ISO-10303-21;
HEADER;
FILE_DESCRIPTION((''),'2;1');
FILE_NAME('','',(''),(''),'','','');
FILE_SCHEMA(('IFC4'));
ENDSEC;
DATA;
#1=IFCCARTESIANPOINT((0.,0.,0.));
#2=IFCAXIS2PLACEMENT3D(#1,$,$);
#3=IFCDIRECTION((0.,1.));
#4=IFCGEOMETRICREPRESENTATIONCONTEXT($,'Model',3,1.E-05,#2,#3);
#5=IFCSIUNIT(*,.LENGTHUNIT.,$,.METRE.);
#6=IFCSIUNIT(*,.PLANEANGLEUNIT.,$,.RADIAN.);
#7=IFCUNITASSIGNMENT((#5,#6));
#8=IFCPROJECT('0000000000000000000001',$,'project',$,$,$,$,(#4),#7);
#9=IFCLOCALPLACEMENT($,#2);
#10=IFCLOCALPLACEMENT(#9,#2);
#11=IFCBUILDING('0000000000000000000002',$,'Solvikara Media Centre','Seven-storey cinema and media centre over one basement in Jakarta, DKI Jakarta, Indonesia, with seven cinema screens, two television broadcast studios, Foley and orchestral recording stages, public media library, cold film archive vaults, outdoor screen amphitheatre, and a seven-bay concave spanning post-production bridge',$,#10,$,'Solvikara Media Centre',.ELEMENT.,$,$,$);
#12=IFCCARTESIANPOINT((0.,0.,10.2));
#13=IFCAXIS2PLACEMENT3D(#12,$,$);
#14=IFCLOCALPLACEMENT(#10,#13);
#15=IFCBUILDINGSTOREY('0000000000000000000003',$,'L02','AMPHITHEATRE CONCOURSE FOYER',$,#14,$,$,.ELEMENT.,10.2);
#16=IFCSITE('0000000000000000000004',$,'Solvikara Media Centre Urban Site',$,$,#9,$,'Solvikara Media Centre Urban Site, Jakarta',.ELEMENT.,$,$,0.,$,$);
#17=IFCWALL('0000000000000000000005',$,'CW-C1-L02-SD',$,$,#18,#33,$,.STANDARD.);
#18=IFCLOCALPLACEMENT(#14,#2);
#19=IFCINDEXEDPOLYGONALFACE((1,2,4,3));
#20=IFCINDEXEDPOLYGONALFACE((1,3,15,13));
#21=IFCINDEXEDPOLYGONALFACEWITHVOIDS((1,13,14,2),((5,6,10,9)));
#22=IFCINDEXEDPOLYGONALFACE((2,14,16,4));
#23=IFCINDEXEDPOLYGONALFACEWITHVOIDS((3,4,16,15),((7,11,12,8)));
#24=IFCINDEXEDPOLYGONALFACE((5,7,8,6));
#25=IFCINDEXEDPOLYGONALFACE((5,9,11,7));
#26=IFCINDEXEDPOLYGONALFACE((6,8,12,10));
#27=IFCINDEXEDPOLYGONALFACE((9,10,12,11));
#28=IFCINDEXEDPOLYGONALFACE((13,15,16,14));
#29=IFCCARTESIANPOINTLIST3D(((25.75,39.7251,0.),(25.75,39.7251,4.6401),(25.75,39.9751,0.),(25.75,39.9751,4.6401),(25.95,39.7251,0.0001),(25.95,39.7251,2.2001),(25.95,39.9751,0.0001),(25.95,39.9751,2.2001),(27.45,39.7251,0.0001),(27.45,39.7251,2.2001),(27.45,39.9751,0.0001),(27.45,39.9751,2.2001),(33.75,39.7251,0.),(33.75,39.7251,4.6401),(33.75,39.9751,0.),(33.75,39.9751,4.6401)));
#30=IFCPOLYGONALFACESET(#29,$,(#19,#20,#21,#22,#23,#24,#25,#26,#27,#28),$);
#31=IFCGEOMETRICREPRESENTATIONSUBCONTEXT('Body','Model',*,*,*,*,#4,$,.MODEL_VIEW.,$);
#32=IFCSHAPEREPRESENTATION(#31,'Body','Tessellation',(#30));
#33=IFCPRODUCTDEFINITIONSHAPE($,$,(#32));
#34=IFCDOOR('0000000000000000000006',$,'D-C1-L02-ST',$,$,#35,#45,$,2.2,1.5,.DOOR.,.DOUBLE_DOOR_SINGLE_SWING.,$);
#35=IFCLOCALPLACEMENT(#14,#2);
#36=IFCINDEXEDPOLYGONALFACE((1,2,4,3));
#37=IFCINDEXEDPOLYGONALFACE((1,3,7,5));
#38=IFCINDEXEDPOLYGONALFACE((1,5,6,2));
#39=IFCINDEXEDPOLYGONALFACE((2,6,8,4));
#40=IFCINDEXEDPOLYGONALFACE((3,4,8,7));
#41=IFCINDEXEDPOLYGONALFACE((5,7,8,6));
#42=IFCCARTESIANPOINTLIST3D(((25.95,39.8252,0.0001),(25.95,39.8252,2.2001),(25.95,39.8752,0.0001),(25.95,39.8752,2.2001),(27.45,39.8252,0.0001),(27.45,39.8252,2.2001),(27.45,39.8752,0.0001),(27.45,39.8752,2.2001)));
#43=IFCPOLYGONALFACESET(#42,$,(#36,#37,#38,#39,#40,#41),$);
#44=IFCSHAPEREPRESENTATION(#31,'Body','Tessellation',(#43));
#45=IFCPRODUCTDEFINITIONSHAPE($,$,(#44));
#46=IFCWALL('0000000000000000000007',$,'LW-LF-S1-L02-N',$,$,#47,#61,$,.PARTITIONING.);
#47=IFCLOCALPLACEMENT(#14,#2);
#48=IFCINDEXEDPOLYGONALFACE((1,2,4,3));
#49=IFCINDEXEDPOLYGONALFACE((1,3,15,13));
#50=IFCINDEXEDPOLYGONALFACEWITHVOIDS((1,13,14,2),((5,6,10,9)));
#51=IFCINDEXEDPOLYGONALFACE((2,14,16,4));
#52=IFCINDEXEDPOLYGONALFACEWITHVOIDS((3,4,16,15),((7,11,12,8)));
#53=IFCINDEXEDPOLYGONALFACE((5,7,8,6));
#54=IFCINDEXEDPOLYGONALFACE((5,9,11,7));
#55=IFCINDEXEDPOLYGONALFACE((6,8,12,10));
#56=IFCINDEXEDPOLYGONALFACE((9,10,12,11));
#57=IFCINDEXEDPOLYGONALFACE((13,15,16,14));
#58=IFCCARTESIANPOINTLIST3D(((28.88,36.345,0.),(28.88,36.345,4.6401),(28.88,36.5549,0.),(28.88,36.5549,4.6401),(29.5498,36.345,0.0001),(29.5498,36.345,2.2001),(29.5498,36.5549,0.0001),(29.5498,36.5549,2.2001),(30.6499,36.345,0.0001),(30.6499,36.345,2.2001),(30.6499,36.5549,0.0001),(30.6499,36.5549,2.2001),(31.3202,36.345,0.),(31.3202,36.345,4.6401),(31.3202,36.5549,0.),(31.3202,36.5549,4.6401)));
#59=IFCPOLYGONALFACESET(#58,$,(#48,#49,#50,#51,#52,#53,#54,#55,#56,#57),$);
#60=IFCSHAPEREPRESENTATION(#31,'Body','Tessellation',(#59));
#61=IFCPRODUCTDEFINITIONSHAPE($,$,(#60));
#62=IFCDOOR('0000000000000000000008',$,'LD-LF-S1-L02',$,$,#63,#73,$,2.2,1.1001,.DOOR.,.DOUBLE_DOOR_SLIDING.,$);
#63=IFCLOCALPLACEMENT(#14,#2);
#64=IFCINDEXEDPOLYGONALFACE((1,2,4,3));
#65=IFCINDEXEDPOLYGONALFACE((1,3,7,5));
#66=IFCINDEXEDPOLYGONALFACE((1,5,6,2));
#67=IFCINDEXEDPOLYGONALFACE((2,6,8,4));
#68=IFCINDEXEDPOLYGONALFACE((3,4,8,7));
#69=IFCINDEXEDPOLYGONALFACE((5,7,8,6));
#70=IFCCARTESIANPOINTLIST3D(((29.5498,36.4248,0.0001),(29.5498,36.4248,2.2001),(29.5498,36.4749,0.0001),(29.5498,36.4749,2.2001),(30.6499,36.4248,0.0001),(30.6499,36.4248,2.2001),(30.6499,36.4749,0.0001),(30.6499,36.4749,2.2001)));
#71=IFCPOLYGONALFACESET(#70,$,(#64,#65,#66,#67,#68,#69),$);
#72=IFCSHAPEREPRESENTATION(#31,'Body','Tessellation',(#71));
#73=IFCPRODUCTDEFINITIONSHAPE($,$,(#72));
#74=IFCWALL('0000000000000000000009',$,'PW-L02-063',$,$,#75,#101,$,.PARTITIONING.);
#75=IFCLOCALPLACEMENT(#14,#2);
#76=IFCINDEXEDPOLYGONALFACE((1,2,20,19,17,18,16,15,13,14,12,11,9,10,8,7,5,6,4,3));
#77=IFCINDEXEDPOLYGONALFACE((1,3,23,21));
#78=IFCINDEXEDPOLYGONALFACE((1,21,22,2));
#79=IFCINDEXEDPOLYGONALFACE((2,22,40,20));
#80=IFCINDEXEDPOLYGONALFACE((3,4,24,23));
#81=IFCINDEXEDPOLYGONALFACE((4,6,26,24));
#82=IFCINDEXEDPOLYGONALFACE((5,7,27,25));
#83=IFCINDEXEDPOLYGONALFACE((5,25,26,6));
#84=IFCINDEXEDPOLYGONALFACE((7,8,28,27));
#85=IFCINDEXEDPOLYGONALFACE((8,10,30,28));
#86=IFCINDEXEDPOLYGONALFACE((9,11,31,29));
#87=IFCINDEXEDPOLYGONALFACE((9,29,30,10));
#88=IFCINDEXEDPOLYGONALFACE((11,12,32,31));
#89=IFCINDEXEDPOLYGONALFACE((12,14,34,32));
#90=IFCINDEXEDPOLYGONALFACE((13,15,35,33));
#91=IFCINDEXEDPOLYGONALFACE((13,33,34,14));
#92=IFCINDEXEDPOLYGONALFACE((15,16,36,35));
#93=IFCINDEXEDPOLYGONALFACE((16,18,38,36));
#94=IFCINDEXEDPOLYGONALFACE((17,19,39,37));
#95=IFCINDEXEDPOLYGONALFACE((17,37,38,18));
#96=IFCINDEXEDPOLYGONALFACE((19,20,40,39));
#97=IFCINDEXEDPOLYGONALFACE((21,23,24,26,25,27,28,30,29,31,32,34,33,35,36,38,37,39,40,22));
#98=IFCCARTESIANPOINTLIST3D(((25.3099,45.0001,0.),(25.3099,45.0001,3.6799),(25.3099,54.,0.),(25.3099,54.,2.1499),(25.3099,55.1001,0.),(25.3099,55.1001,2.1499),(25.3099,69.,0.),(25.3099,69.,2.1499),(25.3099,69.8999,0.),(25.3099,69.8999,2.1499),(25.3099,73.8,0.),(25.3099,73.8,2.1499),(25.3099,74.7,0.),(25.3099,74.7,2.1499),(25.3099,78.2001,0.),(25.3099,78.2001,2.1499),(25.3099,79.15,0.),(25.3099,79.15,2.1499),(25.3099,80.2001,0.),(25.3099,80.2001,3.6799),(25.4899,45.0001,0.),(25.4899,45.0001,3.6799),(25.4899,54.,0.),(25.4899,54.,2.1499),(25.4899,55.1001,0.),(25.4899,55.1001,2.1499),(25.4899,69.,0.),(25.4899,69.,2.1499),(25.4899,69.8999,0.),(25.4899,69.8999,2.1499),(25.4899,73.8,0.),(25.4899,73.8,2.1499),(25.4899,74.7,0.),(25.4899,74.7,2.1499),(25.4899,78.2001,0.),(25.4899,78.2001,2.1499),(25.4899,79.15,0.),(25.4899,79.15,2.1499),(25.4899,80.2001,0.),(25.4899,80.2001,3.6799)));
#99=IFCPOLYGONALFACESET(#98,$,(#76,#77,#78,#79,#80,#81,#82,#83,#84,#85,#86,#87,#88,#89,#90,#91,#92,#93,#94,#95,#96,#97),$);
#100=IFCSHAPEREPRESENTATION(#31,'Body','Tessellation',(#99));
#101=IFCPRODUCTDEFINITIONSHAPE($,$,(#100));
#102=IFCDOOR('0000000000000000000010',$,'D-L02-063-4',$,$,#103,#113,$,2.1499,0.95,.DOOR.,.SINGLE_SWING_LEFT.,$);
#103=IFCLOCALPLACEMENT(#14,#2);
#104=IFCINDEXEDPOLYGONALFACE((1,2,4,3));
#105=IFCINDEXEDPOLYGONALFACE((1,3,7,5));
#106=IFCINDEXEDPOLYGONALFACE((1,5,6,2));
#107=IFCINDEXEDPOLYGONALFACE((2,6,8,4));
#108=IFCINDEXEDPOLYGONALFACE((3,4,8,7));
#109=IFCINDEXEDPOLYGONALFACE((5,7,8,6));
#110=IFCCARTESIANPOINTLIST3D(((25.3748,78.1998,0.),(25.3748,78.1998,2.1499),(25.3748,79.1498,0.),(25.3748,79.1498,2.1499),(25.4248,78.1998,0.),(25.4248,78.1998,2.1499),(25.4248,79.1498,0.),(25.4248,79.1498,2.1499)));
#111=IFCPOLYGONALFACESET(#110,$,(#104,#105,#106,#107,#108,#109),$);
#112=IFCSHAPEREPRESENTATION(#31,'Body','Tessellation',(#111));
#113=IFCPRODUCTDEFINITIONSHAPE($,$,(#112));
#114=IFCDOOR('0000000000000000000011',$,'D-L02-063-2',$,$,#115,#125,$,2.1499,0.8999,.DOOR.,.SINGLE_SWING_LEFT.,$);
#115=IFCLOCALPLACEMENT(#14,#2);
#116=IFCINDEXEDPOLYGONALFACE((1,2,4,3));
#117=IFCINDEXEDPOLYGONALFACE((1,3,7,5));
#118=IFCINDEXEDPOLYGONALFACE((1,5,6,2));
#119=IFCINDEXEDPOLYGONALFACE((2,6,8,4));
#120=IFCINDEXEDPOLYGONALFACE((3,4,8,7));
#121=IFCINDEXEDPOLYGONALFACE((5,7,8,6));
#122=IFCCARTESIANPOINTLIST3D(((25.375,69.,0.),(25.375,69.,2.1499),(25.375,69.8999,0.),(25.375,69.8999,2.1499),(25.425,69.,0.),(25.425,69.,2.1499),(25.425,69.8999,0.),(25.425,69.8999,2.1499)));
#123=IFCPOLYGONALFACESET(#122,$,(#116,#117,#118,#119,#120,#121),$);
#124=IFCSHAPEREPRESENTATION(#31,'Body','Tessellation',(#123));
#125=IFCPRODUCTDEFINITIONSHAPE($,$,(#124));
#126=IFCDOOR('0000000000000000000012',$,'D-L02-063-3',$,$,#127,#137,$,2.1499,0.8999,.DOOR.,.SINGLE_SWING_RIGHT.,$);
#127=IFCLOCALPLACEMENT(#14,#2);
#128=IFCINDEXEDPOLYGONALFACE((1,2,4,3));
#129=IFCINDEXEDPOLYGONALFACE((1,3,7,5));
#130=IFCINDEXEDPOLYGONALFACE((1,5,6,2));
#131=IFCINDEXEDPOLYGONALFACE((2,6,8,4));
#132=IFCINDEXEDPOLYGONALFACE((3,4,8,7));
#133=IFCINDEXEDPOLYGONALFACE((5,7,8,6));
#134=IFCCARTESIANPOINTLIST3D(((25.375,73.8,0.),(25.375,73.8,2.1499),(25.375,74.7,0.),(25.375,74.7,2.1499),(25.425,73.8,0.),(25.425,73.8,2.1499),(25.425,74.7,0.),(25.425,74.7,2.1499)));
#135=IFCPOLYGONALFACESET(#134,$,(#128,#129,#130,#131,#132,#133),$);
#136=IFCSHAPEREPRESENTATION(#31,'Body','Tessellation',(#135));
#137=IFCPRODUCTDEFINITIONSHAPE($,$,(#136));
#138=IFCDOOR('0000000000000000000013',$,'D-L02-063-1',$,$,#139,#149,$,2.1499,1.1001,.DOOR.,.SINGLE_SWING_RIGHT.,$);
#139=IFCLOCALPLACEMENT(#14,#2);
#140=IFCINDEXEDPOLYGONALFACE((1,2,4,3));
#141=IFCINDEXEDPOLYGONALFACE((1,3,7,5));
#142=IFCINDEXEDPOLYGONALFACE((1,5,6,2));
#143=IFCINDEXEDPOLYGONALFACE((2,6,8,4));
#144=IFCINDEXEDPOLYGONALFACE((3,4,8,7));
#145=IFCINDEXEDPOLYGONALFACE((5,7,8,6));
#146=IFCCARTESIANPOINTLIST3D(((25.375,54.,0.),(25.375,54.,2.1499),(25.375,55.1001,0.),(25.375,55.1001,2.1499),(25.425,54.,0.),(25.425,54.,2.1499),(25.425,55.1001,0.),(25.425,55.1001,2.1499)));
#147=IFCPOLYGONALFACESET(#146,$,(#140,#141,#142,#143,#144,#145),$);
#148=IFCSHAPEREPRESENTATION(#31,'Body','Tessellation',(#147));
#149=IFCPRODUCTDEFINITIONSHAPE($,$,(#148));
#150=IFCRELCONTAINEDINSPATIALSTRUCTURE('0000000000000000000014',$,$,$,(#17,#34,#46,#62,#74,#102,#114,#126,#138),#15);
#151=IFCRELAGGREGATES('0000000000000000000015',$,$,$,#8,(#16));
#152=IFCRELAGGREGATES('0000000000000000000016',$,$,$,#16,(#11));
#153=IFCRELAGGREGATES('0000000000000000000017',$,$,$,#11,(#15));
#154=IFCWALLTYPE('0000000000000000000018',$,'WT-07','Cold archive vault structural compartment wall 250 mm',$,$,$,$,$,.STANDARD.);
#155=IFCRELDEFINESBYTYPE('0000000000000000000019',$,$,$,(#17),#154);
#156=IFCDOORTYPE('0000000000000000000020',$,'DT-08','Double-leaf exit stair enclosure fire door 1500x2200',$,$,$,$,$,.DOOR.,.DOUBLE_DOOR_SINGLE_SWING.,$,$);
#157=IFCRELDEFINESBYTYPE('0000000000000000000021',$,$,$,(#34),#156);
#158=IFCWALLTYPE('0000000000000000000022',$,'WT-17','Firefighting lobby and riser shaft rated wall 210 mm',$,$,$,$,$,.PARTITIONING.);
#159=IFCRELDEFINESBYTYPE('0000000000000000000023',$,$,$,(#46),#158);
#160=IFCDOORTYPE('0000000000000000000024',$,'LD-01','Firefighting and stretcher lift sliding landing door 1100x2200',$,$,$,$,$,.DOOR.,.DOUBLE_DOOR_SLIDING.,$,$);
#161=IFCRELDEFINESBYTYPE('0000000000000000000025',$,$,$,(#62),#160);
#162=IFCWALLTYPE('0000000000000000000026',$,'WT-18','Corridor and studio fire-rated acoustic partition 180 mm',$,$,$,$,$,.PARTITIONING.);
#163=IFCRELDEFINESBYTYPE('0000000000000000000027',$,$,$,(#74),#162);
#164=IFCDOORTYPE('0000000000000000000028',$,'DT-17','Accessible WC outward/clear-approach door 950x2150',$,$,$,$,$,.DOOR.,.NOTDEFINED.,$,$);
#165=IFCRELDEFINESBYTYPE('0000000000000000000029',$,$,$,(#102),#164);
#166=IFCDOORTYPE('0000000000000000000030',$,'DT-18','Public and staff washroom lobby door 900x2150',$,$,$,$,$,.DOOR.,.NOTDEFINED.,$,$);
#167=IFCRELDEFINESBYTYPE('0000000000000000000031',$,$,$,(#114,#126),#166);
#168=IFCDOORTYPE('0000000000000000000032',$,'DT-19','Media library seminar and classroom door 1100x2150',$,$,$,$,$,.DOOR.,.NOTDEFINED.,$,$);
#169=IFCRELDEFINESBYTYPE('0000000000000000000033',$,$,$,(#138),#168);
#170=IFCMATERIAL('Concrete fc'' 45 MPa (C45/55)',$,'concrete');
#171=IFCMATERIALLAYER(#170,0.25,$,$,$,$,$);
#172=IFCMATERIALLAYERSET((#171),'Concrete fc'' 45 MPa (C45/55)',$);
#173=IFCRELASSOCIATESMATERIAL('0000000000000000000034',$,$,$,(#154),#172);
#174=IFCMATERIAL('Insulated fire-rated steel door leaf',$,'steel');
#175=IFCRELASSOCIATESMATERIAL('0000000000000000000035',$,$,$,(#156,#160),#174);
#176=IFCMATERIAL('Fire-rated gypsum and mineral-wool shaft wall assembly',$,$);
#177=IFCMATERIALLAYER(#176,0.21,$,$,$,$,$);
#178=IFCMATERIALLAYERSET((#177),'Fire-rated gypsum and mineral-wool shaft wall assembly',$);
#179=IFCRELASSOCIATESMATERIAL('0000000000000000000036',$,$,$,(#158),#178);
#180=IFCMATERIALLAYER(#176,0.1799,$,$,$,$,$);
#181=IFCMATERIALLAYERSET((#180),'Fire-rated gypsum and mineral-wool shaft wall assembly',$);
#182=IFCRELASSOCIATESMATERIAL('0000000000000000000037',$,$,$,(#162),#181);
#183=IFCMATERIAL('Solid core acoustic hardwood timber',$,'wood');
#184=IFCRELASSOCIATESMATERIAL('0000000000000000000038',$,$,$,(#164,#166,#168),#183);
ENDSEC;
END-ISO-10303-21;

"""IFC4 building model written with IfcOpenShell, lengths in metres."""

from ifc_helpers import new_model, si_unit, direction, frame, frame_2d, origin, place, context, subcontext, project, spatial, rectangle, extrude, material, layer, layer_set, type_object, element, fill, save


model = new_model("IFC4")

# Units and contexts
model_context = context("Model", 3, precision=1e-05, world=origin(), true_north=direction((0.0, 1.0)))
body_context = subcontext(model_context, "Body", "Model", "MODEL_VIEW")
ifc_project = project(units=[si_unit("LENGTHUNIT", "METRE"), si_unit("PLANEANGLEUNIT", "RADIAN")], contexts=[model_context])

# Site, building, storey
site_placement = place(None, origin())
site = spatial("IfcSite", under=ifc_project, at=site_placement, Name="Solvikara Media Centre Urban Site", LongName="Solvikara Media Centre Urban Site, Jakarta", CompositionType="ELEMENT", RefElevation=0.0)
building_placement = place(site_placement, origin())
building = spatial("IfcBuilding", under=site, at=building_placement, Name="Solvikara Media Centre", Description="Seven-storey cinema and media centre over one basement in Jakarta, DKI Jakarta, Indonesia, with seven cinema screens, two television broadcast studios, Foley and orchestral recording stages, public media library, cold film archive vaults, outdoor screen amphitheatre, and a seven-bay concave spanning post-production bridge", LongName="Solvikara Media Centre", CompositionType="ELEMENT")
storey_placement = place(building_placement, frame((0.0, 0.0, 10.2)))
storey = spatial("IfcBuildingStorey", under=building, at=storey_placement, Name="L02", Description="AMPHITHEATRE CONCOURSE FOYER", CompositionType="ELEMENT", Elevation=10.2)

# Shared definitions
ifc_material_1 = material(Name="Concrete fc' 45 MPa (C45/55)", Category="concrete")

# Walls, openings, doors
ifc_layer_1 = layer(ifc_material_1, 0.25)
ifc_layer_set_1 = layer_set([ifc_layer_1], Name="Concrete fc' 45 MPa (C45/55)")
wall_type_1 = type_object("IfcWallType", Name="WT-07", Description="Cold archive vault structural compartment wall 250 mm", PredefinedType="STANDARD", material=ifc_layer_set_1)
wall_1_placement = place(storey_placement, frame((25.75, 39.8501, 0.0), z_axis=(0.0, 0.0, 1.0), x_axis=(1.0, 0.0, 0.0)))
wall_1 = element("IfcWall", 1, at=wall_1_placement, inside=storey, type_object=wall_type_1, Name="CW-C1-L02-SD", PredefinedType="STANDARD", context=body_context, shape_type="SweptSolid", body=[
    extrude(rectangle(XDim=8.0, YDim=0.25, at=frame_2d((4.0, 0.0))), origin(), (0.0, 0.0, 1.0), 4.6401),
])
opening_1_placement = place(wall_1_placement, frame((0.2, 0.0, 0.0)))
opening_1 = element("IfcOpeningElement", 2, at=opening_1_placement, cuts=wall_1, PredefinedType="OPENING", context=body_context, shape_type="SweptSolid", body=[
    extrude(rectangle(XDim=1.5, YDim=2.2, at=frame_2d((0.75, 1.1001))), frame((0.0, 0.137, 0.0), z_axis=(0.0, -1.0, 0.0), x_axis=(1.0, 0.0, 0.0)), (0.0, 0.0, 1.0), 0.2739),
])
ifc_material_2 = material(Name="Insulated fire-rated steel door leaf", Category="steel")
door_type_1 = type_object("IfcDoorType", Name="DT-08", Description="Double-leaf exit stair enclosure fire door 1500x2200", OperationType="DOUBLE_DOOR_SINGLE_SWING", PredefinedType="DOOR", material=ifc_material_2)
door_1_placement = place(opening_1_placement, frame((1.5, 0.0, 0.0), z_axis=(0.0, 0.0, 1.0), x_axis=(-1.0, 0.0, 0.0)))
door_1 = element("IfcDoor", 3, at=door_1_placement, inside=storey, type_object=door_type_1, Name="D-C1-L02-ST", OperationType="DOUBLE_DOOR_SINGLE_SWING", OverallHeight=2.2, OverallWidth=1.5, PredefinedType="DOOR", context=body_context, shape_type="SweptSolid", body=[
    extrude(rectangle(XDim=1.5, YDim=2.2, at=frame_2d((0.75, 1.1001))), frame((0.0, 0.0249, 0.0), z_axis=(0.0, -1.0, 0.0), x_axis=(1.0, 0.0, 0.0)), (0.0, 0.0, 1.0), 0.05),
])
fill(opening_1, door_1)
ifc_material_3 = material(Name="Fire-rated gypsum and mineral-wool shaft wall assembly")
ifc_layer_2 = layer(ifc_material_3, 0.21)
ifc_layer_set_2 = layer_set([ifc_layer_2], Name="Fire-rated gypsum and mineral-wool shaft wall assembly")
wall_type_2 = type_object("IfcWallType", Name="WT-17", Description="Firefighting lobby and riser shaft rated wall 210 mm", PredefinedType="PARTITIONING", material=ifc_layer_set_2)
wall_2_placement = place(storey_placement, frame((28.8799, 36.45, 0.0), z_axis=(0.0, 0.0, 1.0), x_axis=(1.0, 0.0, 0.0)))
wall_2 = element("IfcWall", 4, at=wall_2_placement, inside=storey, type_object=wall_type_2, Name="LW-LF-S1-L02-N", PredefinedType="PARTITIONING", context=body_context, shape_type="SweptSolid", body=[
    extrude(rectangle(XDim=2.4402, YDim=0.21, at=frame_2d((1.2202, 0.0))), origin(), (0.0, 0.0, 1.0), 4.6401),
])
opening_2_placement = place(wall_2_placement, frame((0.6699, 0.0, 0.0)))
opening_2 = element("IfcOpeningElement", 5, at=opening_2_placement, cuts=wall_2, PredefinedType="OPENING", context=body_context, shape_type="SweptSolid", body=[
    extrude(rectangle(XDim=1.1001, YDim=2.2, at=frame_2d((0.55, 1.1001))), frame((0.0, 0.1169, 0.0), z_axis=(0.0, -1.0, 0.0), x_axis=(1.0, 0.0, 0.0)), (0.0, 0.0, 1.0), 0.2339),
])
door_type_2 = type_object("IfcDoorType", Name="LD-01", Description="Firefighting and stretcher lift sliding landing door 1100x2200", OperationType="DOUBLE_DOOR_SLIDING", PredefinedType="DOOR", material=ifc_material_2)
door_2_placement = place(opening_2_placement, origin())
door_2 = element("IfcDoor", 6, at=door_2_placement, inside=storey, type_object=door_type_2, Name="LD-LF-S1-L02", OperationType="DOUBLE_DOOR_SLIDING", OverallHeight=2.2, OverallWidth=1.1001, PredefinedType="DOOR", context=body_context, shape_type="SweptSolid", body=[
    extrude(rectangle(XDim=1.1001, YDim=2.2, at=frame_2d((0.55, 1.1001))), frame((0.0, 0.0249, 0.0), z_axis=(0.0, -1.0, 0.0), x_axis=(1.0, 0.0, 0.0)), (0.0, 0.0, 1.0), 0.05),
])
fill(opening_2, door_2)

# Wall, openings, doors
ifc_layer_3 = layer(ifc_material_3, 0.1799)
ifc_layer_set_3 = layer_set([ifc_layer_3], Name="Fire-rated gypsum and mineral-wool shaft wall assembly")
wall_type_3 = type_object("IfcWallType", Name="WT-18", Description="Corridor and studio fire-rated acoustic partition 180 mm", PredefinedType="PARTITIONING", material=ifc_layer_set_3)
wall_3_placement = place(storey_placement, frame((25.3999, 45.0, 0.0), z_axis=(0.0, 0.0, 1.0), x_axis=(0.0, 1.0, 0.0)))
wall_3 = element("IfcWall", 7, at=wall_3_placement, inside=storey, type_object=wall_type_3, Name="PW-L02-063", PredefinedType="PARTITIONING", context=body_context, shape_type="SweptSolid", body=[
    extrude(rectangle(XDim=35.2, YDim=0.1799, at=frame_2d((17.6001, 0.0))), origin(), (0.0, 0.0, 1.0), 3.6799),
])
opening_3_placement = place(wall_3_placement, frame((9.0, 0.0, 0.0)))
opening_3 = element("IfcOpeningElement", 8, at=opening_3_placement, cuts=wall_3, PredefinedType="OPENING", context=body_context, shape_type="SweptSolid", body=[
    extrude(rectangle(XDim=1.1001, YDim=2.1499, at=frame_2d((0.55, 1.075))), frame((0.0, 0.1021, 0.0), z_axis=(0.0, -1.0, 0.0), x_axis=(1.0, 0.0, 0.0)), (0.0, 0.0, 1.0), 0.2039),
])
opening_4_placement = place(wall_3_placement, frame((24.0, 0.0, 0.0)))
opening_4 = element("IfcOpeningElement", 9, at=opening_4_placement, cuts=wall_3, PredefinedType="OPENING", context=body_context, shape_type="SweptSolid", body=[
    extrude(rectangle(XDim=0.8999, YDim=2.1499, at=frame_2d((0.45, 1.075))), frame((0.0, 0.1021, 0.0), z_axis=(0.0, -1.0, 0.0), x_axis=(1.0, 0.0, 0.0)), (0.0, 0.0, 1.0), 0.2039),
])
opening_5_placement = place(wall_3_placement, frame((28.8, 0.0, 0.0)))
opening_5 = element("IfcOpeningElement", 10, at=opening_5_placement, cuts=wall_3, PredefinedType="OPENING", context=body_context, shape_type="SweptSolid", body=[
    extrude(rectangle(XDim=0.8999, YDim=2.1499, at=frame_2d((0.45, 1.075))), frame((0.0, 0.1021, 0.0), z_axis=(0.0, -1.0, 0.0), x_axis=(1.0, 0.0, 0.0)), (0.0, 0.0, 1.0), 0.2039),
])
opening_6_placement = place(wall_3_placement, frame((33.2, 0.0, 0.0)))
opening_6 = element("IfcOpeningElement", 11, at=opening_6_placement, cuts=wall_3, PredefinedType="OPENING", context=body_context, shape_type="SweptSolid", body=[
    extrude(rectangle(XDim=0.95, YDim=2.1499, at=frame_2d((0.4751, 1.075))), frame((0.0, 0.1021, 0.0), z_axis=(0.0, -1.0, 0.0), x_axis=(1.0, 0.0, 0.0)), (0.0, 0.0, 1.0), 0.2039),
])
ifc_material_4 = material(Name="Solid core acoustic hardwood timber", Category="wood")
door_type_3 = type_object("IfcDoorType", Name="DT-17", Description="Accessible WC outward/clear-approach door 950x2150", OperationType="NOTDEFINED", PredefinedType="DOOR", material=ifc_material_4)
door_3_placement = place(opening_6_placement, frame((0.95, 0.0, 0.0), z_axis=(0.0, 0.0, 1.0), x_axis=(-1.0, 0.0, 0.0)))
door_3 = element("IfcDoor", 12, at=door_3_placement, inside=storey, type_object=door_type_3, Name="D-L02-063-4", OperationType="SINGLE_SWING_LEFT", OverallHeight=2.1499, OverallWidth=0.95, PredefinedType="DOOR", context=body_context, shape_type="SweptSolid", body=[
    extrude(rectangle(XDim=0.95, YDim=2.1499, at=frame_2d((0.4751, 1.075))), frame((0.0, 0.0249, 0.0), z_axis=(0.0, -1.0, 0.0), x_axis=(1.0, 0.0, 0.0)), (0.0, 0.0, 1.0), 0.05),
])
fill(opening_6, door_3)
door_type_4 = type_object("IfcDoorType", Name="DT-18", Description="Public and staff washroom lobby door 900x2150", OperationType="NOTDEFINED", PredefinedType="DOOR", material=ifc_material_4)
door_4_placement = place(opening_4_placement, origin())
door_4 = element("IfcDoor", 13, at=door_4_placement, inside=storey, type_object=door_type_4, Name="D-L02-063-2", OperationType="SINGLE_SWING_LEFT", OverallHeight=2.1499, OverallWidth=0.8999, PredefinedType="DOOR", context=body_context, shape_type="SweptSolid", body=[
    extrude(rectangle(XDim=0.8999, YDim=2.1499, at=frame_2d((0.45, 1.075))), frame((0.0, 0.0249, 0.0), z_axis=(0.0, -1.0, 0.0), x_axis=(1.0, 0.0, 0.0)), (0.0, 0.0, 1.0), 0.05),
])
fill(opening_4, door_4)
door_5_placement = place(opening_5_placement, origin())
door_5 = element("IfcDoor", 14, at=door_5_placement, inside=storey, type_object=door_type_4, Name="D-L02-063-3", OperationType="SINGLE_SWING_RIGHT", OverallHeight=2.1499, OverallWidth=0.8999, PredefinedType="DOOR", context=body_context, shape_type="SweptSolid", body=[
    extrude(rectangle(XDim=0.8999, YDim=2.1499, at=frame_2d((0.45, 1.075))), frame((0.0, 0.0249, 0.0), z_axis=(0.0, -1.0, 0.0), x_axis=(1.0, 0.0, 0.0)), (0.0, 0.0, 1.0), 0.05),
])
fill(opening_5, door_5)
door_type_5 = type_object("IfcDoorType", Name="DT-19", Description="Media library seminar and classroom door 1100x2150", OperationType="NOTDEFINED", PredefinedType="DOOR", material=ifc_material_4)
door_6_placement = place(opening_3_placement, origin())
door_6 = element("IfcDoor", 15, at=door_6_placement, inside=storey, type_object=door_type_5, Name="D-L02-063-1", OperationType="SINGLE_SWING_RIGHT", OverallHeight=2.1499, OverallWidth=1.1001, PredefinedType="DOOR", context=body_context, shape_type="SweptSolid", body=[
    extrude(rectangle(XDim=1.1001, YDim=2.1499, at=frame_2d((0.55, 1.075))), frame((0.0, 0.0249, 0.0), z_axis=(0.0, -1.0, 0.0), x_axis=(1.0, 0.0, 0.0)), (0.0, 0.0, 1.0), 0.05),
])
fill(opening_3, door_6)

save(model, "model.ifc")
